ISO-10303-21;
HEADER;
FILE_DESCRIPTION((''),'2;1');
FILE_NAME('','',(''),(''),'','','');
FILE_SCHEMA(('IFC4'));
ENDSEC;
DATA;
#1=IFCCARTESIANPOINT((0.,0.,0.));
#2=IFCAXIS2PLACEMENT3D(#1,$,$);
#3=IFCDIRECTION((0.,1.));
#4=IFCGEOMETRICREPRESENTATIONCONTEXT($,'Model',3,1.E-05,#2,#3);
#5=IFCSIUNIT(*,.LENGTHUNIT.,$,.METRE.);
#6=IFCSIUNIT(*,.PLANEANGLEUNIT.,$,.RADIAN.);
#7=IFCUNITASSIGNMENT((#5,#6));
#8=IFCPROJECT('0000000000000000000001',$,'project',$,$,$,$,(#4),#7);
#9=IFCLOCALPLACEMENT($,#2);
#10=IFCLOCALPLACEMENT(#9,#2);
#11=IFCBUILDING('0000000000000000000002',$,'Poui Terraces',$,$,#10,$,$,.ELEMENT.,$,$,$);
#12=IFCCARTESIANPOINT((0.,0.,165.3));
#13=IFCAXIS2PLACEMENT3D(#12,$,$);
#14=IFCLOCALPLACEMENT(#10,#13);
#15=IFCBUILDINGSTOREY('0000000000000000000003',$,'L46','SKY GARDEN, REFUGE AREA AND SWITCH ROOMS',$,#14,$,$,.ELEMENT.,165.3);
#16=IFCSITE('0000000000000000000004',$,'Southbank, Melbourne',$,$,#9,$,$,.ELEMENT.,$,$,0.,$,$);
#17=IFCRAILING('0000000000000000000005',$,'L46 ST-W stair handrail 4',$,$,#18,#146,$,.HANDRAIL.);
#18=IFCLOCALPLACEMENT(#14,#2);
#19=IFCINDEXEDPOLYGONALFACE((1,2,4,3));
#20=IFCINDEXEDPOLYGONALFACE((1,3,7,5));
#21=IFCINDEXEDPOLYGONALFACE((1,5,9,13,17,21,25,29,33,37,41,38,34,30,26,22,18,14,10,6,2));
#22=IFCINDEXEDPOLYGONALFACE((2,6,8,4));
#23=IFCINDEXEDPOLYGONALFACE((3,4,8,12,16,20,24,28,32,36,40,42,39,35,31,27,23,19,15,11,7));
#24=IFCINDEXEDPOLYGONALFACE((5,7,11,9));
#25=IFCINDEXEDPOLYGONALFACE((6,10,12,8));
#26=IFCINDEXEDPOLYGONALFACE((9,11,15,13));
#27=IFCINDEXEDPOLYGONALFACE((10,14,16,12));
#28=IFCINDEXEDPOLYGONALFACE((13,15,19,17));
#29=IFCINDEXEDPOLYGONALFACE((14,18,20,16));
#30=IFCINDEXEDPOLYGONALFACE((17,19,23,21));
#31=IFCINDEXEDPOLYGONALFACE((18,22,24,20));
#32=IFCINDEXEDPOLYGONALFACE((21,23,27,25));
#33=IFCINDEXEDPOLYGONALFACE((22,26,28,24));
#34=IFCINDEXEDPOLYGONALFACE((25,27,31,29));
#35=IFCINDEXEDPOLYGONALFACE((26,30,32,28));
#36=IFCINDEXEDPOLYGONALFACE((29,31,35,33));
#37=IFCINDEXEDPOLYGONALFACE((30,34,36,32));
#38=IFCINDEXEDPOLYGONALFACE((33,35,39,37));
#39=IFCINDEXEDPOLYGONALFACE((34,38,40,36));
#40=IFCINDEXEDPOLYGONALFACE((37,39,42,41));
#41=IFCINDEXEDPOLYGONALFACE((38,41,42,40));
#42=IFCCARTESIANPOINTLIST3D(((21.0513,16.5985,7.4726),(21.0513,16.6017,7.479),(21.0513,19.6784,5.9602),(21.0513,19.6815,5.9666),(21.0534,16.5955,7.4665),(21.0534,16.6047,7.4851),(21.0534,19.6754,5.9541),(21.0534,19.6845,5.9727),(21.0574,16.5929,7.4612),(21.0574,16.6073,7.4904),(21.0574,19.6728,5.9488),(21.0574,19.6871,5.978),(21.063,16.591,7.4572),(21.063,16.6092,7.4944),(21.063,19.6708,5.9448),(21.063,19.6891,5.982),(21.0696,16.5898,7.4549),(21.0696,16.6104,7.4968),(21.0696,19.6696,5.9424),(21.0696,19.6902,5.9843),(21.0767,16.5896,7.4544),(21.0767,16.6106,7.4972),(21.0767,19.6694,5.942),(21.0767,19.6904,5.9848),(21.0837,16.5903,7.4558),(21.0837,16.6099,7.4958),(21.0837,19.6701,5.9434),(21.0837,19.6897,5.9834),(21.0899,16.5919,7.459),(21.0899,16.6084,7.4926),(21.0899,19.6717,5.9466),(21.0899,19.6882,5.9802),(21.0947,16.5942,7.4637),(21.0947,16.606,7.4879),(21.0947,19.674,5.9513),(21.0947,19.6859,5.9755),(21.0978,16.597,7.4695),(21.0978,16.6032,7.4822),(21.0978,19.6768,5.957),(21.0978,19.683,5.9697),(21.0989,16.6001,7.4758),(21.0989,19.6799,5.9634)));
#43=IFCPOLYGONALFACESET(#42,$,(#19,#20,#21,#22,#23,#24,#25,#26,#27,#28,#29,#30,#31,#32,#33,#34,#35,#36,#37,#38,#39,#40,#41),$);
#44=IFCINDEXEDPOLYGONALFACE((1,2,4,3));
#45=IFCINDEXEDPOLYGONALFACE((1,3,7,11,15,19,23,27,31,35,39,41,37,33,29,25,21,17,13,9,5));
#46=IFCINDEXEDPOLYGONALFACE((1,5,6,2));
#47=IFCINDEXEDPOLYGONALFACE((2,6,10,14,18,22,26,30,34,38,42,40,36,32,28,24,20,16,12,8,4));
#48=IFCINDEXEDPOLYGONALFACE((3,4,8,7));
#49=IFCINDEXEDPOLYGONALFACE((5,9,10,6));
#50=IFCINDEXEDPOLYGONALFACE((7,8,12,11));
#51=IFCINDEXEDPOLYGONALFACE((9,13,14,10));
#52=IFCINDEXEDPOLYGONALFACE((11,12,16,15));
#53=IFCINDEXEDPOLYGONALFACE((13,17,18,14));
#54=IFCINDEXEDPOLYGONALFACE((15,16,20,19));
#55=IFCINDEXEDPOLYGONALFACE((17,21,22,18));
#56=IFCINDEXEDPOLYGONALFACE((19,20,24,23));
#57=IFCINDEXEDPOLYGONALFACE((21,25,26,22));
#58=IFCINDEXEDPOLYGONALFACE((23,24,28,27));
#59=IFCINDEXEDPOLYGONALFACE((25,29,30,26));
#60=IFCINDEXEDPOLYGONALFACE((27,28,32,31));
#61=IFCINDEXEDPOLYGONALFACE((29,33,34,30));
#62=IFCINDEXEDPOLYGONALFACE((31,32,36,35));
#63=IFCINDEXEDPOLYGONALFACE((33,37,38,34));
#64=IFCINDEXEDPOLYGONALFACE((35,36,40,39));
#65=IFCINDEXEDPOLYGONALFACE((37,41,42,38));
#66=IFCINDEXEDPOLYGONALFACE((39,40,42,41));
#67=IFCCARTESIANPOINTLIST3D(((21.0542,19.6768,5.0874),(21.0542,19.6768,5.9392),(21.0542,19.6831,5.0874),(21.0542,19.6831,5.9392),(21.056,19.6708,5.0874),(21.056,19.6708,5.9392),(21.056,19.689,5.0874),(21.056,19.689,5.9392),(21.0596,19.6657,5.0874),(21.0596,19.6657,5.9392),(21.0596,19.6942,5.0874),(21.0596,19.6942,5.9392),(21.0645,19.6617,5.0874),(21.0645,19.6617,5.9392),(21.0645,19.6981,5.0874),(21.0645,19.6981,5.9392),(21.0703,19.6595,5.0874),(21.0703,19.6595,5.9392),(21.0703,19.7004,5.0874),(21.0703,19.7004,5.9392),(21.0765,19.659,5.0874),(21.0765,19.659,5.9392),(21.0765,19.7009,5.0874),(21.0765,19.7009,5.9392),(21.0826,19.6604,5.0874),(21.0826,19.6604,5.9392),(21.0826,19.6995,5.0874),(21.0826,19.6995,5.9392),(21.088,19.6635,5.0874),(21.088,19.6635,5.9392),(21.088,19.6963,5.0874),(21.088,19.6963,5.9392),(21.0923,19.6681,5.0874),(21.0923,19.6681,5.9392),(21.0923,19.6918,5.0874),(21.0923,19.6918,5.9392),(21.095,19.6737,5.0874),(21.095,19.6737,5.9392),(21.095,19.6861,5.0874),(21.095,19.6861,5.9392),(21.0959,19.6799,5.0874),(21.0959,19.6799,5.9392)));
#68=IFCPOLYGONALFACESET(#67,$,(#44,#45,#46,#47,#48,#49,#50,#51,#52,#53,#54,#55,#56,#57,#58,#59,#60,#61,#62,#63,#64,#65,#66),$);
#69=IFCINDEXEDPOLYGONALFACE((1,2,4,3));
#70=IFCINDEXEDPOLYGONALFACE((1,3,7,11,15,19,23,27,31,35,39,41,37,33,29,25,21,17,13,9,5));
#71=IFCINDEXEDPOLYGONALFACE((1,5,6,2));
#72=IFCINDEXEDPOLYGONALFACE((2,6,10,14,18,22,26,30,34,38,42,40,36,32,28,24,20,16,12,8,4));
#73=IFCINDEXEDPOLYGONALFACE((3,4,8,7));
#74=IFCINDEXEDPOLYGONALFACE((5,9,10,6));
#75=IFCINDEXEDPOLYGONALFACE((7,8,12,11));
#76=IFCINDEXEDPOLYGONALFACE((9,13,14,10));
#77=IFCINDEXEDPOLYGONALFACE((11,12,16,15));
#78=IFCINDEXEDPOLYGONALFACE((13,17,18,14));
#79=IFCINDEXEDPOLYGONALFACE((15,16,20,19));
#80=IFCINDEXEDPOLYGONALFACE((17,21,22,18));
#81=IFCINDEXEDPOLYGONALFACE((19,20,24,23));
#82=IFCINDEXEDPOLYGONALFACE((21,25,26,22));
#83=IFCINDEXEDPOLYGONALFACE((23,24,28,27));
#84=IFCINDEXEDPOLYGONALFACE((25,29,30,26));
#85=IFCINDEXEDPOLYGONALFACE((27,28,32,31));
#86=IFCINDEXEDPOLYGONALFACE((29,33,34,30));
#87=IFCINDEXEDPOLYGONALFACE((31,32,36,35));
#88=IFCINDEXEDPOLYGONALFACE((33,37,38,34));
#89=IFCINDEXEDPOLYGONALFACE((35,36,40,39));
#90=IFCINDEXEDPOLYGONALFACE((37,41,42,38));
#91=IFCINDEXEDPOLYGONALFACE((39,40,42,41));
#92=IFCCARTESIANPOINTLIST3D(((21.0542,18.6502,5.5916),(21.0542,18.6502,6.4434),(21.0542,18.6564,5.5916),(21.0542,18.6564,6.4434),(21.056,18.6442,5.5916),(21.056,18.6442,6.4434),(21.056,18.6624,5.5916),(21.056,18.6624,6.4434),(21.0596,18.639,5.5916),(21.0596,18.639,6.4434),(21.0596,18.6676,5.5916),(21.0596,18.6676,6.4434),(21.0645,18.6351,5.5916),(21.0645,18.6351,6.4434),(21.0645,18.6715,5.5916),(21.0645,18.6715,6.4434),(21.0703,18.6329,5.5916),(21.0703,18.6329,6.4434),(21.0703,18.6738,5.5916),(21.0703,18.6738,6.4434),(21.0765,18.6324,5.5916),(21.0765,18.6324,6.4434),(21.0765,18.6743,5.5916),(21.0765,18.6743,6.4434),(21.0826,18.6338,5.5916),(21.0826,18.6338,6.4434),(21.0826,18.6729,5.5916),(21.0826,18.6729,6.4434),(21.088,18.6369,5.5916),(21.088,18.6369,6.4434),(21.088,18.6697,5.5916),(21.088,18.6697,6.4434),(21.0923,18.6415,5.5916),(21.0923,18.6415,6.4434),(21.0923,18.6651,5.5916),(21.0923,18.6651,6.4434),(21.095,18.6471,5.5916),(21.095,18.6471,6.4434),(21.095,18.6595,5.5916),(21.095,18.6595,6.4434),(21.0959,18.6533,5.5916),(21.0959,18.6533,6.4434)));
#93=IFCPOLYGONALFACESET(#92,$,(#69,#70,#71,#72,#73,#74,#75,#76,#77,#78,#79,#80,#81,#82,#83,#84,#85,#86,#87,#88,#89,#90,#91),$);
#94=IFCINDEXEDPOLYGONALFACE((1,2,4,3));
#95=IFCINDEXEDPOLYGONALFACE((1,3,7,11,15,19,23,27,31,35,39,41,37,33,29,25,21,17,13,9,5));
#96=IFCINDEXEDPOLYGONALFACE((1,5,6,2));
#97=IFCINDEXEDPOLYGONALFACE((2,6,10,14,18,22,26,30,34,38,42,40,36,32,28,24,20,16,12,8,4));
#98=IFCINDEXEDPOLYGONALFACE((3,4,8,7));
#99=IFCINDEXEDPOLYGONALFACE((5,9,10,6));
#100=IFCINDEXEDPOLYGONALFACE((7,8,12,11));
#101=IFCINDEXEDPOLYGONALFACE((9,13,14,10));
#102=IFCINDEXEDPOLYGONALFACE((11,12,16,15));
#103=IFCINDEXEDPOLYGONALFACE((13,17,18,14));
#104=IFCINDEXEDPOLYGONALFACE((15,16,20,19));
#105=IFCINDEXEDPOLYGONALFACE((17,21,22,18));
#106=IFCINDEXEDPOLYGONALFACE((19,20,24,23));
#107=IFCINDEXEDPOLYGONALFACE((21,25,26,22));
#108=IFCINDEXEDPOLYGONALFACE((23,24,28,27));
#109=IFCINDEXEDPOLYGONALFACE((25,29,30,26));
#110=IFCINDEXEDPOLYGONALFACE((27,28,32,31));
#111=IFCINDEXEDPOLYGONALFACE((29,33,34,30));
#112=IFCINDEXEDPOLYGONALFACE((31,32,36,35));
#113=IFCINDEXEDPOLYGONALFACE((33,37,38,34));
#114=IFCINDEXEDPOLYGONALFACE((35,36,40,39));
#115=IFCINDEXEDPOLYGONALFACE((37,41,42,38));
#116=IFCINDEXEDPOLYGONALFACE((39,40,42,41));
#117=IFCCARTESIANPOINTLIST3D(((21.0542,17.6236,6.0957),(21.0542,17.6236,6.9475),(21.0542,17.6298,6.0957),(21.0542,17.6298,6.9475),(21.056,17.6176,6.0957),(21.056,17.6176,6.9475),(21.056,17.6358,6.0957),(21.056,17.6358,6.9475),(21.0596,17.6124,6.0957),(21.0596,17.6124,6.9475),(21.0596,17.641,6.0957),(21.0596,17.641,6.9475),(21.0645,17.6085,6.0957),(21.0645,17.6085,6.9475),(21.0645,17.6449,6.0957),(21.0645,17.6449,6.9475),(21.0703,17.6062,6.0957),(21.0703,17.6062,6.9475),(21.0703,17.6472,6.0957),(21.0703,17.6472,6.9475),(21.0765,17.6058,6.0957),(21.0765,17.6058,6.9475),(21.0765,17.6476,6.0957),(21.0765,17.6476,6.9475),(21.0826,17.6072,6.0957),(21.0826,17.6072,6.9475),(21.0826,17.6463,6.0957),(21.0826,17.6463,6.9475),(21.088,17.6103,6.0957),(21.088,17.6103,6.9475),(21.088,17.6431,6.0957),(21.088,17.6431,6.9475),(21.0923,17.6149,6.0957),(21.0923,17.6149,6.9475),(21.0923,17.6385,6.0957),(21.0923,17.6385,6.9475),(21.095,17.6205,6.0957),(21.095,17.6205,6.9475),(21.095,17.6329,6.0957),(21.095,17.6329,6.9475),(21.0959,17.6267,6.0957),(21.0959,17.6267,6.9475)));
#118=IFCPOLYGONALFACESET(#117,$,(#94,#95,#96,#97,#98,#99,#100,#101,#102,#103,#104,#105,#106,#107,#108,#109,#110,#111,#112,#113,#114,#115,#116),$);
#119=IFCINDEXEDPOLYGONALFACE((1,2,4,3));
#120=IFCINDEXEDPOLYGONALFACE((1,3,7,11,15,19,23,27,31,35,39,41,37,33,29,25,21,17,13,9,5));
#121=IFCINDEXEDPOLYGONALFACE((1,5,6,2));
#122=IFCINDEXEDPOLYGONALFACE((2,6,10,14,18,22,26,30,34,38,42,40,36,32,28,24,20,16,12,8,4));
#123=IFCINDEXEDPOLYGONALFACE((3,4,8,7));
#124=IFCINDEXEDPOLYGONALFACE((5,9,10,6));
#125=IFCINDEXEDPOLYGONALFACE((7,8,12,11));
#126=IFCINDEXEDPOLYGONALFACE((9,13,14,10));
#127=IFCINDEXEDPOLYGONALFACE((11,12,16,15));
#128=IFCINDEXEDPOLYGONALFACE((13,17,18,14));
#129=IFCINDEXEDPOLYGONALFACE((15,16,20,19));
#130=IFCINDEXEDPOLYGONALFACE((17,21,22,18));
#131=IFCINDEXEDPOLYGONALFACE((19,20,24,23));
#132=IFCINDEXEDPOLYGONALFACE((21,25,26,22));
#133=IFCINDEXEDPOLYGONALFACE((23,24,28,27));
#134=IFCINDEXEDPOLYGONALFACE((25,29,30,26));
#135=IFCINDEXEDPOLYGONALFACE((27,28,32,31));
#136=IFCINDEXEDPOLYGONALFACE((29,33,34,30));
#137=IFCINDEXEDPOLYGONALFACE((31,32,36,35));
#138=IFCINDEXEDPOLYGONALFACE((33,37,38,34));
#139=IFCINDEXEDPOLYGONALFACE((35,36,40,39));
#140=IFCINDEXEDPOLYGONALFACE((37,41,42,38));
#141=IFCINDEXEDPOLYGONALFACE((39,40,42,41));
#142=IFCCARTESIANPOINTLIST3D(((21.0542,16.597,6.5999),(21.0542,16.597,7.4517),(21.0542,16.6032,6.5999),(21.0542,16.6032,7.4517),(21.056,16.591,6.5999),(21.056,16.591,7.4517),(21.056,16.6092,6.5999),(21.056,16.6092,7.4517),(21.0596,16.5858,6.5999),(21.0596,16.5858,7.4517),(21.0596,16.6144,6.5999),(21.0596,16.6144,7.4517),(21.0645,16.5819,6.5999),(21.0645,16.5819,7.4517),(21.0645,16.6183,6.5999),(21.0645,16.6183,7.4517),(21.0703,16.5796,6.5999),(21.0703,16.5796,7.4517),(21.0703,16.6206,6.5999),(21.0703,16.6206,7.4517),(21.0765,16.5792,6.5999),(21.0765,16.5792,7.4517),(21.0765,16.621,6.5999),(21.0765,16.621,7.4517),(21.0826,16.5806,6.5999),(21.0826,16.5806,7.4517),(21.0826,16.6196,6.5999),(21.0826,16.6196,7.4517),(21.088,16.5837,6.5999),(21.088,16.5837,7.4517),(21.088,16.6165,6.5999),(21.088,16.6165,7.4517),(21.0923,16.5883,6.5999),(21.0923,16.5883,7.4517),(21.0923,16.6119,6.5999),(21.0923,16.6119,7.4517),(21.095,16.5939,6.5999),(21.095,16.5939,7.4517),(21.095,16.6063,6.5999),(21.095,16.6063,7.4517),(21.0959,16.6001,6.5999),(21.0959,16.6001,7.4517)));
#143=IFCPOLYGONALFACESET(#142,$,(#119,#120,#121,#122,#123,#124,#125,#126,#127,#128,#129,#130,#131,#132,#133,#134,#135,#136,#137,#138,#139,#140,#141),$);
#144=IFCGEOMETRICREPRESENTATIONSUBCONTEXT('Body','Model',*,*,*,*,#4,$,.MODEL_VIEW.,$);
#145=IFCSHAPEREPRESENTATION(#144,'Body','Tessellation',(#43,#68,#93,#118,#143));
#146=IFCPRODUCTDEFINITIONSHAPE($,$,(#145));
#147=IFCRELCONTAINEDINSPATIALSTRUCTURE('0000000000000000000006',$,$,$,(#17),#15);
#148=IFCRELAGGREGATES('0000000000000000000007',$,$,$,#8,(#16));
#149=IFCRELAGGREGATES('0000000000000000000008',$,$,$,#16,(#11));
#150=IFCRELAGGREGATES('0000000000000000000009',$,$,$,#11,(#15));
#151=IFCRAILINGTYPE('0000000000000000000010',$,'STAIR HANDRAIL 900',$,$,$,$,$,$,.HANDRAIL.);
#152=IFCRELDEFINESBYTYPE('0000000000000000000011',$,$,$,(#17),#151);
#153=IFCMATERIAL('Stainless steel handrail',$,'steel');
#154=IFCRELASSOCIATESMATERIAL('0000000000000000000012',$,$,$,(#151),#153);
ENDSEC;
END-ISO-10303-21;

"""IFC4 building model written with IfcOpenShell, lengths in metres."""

from ifc_helpers import new_model, si_unit, direction, frame, origin, origin_2d, place, context, subcontext, project, spatial, circle, extrude, material, type_object, element, save


model = new_model("IFC4")

# Units and contexts
model_context = context("Model", 3, precision=1e-05, world=origin(), true_north=direction((0.0, 1.0)))
body_context = subcontext(model_context, "Body", "Model", "MODEL_VIEW")
ifc_project = project(units=[si_unit("LENGTHUNIT", "METRE"), si_unit("PLANEANGLEUNIT", "RADIAN")], contexts=[model_context])

# Site, building, storey
site_placement = place(None, origin())
site = spatial("IfcSite", under=ifc_project, at=site_placement, Name="Southbank, Melbourne", CompositionType="ELEMENT", RefElevation=0.0)
building_placement = place(site_placement, origin())
building = spatial("IfcBuilding", under=site, at=building_placement, Name="Poui Terraces", CompositionType="ELEMENT")
storey_placement = place(building_placement, frame((0.0, 0.0, 165.3)))
storey = spatial("IfcBuildingStorey", under=building, at=storey_placement, Name="L46", Description="SKY GARDEN, REFUGE AREA AND SWITCH ROOMS", CompositionType="ELEMENT", Elevation=165.3)

# Railing
ifc_material_1 = material(Name="Stainless steel handrail", Category="steel")
railing_type = type_object("IfcRailingType", Name="STAIR HANDRAIL 900", PredefinedType="HANDRAIL", material=ifc_material_1)
railing_1_placement = place(storey_placement, frame((21.075, 19.6799, 5.0874)))
element("IfcRailing", 1, at=railing_1_placement, inside=storey, type_object=railing_type, Name="L46 ST-W stair handrail 4", PredefinedType="HANDRAIL", context=body_context, shape_type="SweptSolid", body=[
    extrude(circle(Radius=0.0239, at=origin_2d()), frame((0.0, 0.0, 0.876), z_axis=(0.0, -0.897606, 0.440798), x_axis=(1.0, 0.0, 0.0)), (0.0, 0.0, 1.0), 3.4312),
    extrude(circle(Radius=0.021, at=origin_2d()), origin(), (0.0, 0.0, 1.0), 0.8518),
    extrude(circle(Radius=0.021, at=origin_2d()), frame((0.0, -1.0266, 0.5042)), (0.0, 0.0, 1.0), 0.8518),
    extrude(circle(Radius=0.021, at=origin_2d()), frame((0.0, -2.0532, 1.0083)), (0.0, 0.0, 1.0), 0.8518),
    extrude(circle(Radius=0.021, at=origin_2d()), frame((0.0, -3.0798, 1.5125)), (0.0, 0.0, 1.0), 0.8518),
])

save(model, "model.ifc")
